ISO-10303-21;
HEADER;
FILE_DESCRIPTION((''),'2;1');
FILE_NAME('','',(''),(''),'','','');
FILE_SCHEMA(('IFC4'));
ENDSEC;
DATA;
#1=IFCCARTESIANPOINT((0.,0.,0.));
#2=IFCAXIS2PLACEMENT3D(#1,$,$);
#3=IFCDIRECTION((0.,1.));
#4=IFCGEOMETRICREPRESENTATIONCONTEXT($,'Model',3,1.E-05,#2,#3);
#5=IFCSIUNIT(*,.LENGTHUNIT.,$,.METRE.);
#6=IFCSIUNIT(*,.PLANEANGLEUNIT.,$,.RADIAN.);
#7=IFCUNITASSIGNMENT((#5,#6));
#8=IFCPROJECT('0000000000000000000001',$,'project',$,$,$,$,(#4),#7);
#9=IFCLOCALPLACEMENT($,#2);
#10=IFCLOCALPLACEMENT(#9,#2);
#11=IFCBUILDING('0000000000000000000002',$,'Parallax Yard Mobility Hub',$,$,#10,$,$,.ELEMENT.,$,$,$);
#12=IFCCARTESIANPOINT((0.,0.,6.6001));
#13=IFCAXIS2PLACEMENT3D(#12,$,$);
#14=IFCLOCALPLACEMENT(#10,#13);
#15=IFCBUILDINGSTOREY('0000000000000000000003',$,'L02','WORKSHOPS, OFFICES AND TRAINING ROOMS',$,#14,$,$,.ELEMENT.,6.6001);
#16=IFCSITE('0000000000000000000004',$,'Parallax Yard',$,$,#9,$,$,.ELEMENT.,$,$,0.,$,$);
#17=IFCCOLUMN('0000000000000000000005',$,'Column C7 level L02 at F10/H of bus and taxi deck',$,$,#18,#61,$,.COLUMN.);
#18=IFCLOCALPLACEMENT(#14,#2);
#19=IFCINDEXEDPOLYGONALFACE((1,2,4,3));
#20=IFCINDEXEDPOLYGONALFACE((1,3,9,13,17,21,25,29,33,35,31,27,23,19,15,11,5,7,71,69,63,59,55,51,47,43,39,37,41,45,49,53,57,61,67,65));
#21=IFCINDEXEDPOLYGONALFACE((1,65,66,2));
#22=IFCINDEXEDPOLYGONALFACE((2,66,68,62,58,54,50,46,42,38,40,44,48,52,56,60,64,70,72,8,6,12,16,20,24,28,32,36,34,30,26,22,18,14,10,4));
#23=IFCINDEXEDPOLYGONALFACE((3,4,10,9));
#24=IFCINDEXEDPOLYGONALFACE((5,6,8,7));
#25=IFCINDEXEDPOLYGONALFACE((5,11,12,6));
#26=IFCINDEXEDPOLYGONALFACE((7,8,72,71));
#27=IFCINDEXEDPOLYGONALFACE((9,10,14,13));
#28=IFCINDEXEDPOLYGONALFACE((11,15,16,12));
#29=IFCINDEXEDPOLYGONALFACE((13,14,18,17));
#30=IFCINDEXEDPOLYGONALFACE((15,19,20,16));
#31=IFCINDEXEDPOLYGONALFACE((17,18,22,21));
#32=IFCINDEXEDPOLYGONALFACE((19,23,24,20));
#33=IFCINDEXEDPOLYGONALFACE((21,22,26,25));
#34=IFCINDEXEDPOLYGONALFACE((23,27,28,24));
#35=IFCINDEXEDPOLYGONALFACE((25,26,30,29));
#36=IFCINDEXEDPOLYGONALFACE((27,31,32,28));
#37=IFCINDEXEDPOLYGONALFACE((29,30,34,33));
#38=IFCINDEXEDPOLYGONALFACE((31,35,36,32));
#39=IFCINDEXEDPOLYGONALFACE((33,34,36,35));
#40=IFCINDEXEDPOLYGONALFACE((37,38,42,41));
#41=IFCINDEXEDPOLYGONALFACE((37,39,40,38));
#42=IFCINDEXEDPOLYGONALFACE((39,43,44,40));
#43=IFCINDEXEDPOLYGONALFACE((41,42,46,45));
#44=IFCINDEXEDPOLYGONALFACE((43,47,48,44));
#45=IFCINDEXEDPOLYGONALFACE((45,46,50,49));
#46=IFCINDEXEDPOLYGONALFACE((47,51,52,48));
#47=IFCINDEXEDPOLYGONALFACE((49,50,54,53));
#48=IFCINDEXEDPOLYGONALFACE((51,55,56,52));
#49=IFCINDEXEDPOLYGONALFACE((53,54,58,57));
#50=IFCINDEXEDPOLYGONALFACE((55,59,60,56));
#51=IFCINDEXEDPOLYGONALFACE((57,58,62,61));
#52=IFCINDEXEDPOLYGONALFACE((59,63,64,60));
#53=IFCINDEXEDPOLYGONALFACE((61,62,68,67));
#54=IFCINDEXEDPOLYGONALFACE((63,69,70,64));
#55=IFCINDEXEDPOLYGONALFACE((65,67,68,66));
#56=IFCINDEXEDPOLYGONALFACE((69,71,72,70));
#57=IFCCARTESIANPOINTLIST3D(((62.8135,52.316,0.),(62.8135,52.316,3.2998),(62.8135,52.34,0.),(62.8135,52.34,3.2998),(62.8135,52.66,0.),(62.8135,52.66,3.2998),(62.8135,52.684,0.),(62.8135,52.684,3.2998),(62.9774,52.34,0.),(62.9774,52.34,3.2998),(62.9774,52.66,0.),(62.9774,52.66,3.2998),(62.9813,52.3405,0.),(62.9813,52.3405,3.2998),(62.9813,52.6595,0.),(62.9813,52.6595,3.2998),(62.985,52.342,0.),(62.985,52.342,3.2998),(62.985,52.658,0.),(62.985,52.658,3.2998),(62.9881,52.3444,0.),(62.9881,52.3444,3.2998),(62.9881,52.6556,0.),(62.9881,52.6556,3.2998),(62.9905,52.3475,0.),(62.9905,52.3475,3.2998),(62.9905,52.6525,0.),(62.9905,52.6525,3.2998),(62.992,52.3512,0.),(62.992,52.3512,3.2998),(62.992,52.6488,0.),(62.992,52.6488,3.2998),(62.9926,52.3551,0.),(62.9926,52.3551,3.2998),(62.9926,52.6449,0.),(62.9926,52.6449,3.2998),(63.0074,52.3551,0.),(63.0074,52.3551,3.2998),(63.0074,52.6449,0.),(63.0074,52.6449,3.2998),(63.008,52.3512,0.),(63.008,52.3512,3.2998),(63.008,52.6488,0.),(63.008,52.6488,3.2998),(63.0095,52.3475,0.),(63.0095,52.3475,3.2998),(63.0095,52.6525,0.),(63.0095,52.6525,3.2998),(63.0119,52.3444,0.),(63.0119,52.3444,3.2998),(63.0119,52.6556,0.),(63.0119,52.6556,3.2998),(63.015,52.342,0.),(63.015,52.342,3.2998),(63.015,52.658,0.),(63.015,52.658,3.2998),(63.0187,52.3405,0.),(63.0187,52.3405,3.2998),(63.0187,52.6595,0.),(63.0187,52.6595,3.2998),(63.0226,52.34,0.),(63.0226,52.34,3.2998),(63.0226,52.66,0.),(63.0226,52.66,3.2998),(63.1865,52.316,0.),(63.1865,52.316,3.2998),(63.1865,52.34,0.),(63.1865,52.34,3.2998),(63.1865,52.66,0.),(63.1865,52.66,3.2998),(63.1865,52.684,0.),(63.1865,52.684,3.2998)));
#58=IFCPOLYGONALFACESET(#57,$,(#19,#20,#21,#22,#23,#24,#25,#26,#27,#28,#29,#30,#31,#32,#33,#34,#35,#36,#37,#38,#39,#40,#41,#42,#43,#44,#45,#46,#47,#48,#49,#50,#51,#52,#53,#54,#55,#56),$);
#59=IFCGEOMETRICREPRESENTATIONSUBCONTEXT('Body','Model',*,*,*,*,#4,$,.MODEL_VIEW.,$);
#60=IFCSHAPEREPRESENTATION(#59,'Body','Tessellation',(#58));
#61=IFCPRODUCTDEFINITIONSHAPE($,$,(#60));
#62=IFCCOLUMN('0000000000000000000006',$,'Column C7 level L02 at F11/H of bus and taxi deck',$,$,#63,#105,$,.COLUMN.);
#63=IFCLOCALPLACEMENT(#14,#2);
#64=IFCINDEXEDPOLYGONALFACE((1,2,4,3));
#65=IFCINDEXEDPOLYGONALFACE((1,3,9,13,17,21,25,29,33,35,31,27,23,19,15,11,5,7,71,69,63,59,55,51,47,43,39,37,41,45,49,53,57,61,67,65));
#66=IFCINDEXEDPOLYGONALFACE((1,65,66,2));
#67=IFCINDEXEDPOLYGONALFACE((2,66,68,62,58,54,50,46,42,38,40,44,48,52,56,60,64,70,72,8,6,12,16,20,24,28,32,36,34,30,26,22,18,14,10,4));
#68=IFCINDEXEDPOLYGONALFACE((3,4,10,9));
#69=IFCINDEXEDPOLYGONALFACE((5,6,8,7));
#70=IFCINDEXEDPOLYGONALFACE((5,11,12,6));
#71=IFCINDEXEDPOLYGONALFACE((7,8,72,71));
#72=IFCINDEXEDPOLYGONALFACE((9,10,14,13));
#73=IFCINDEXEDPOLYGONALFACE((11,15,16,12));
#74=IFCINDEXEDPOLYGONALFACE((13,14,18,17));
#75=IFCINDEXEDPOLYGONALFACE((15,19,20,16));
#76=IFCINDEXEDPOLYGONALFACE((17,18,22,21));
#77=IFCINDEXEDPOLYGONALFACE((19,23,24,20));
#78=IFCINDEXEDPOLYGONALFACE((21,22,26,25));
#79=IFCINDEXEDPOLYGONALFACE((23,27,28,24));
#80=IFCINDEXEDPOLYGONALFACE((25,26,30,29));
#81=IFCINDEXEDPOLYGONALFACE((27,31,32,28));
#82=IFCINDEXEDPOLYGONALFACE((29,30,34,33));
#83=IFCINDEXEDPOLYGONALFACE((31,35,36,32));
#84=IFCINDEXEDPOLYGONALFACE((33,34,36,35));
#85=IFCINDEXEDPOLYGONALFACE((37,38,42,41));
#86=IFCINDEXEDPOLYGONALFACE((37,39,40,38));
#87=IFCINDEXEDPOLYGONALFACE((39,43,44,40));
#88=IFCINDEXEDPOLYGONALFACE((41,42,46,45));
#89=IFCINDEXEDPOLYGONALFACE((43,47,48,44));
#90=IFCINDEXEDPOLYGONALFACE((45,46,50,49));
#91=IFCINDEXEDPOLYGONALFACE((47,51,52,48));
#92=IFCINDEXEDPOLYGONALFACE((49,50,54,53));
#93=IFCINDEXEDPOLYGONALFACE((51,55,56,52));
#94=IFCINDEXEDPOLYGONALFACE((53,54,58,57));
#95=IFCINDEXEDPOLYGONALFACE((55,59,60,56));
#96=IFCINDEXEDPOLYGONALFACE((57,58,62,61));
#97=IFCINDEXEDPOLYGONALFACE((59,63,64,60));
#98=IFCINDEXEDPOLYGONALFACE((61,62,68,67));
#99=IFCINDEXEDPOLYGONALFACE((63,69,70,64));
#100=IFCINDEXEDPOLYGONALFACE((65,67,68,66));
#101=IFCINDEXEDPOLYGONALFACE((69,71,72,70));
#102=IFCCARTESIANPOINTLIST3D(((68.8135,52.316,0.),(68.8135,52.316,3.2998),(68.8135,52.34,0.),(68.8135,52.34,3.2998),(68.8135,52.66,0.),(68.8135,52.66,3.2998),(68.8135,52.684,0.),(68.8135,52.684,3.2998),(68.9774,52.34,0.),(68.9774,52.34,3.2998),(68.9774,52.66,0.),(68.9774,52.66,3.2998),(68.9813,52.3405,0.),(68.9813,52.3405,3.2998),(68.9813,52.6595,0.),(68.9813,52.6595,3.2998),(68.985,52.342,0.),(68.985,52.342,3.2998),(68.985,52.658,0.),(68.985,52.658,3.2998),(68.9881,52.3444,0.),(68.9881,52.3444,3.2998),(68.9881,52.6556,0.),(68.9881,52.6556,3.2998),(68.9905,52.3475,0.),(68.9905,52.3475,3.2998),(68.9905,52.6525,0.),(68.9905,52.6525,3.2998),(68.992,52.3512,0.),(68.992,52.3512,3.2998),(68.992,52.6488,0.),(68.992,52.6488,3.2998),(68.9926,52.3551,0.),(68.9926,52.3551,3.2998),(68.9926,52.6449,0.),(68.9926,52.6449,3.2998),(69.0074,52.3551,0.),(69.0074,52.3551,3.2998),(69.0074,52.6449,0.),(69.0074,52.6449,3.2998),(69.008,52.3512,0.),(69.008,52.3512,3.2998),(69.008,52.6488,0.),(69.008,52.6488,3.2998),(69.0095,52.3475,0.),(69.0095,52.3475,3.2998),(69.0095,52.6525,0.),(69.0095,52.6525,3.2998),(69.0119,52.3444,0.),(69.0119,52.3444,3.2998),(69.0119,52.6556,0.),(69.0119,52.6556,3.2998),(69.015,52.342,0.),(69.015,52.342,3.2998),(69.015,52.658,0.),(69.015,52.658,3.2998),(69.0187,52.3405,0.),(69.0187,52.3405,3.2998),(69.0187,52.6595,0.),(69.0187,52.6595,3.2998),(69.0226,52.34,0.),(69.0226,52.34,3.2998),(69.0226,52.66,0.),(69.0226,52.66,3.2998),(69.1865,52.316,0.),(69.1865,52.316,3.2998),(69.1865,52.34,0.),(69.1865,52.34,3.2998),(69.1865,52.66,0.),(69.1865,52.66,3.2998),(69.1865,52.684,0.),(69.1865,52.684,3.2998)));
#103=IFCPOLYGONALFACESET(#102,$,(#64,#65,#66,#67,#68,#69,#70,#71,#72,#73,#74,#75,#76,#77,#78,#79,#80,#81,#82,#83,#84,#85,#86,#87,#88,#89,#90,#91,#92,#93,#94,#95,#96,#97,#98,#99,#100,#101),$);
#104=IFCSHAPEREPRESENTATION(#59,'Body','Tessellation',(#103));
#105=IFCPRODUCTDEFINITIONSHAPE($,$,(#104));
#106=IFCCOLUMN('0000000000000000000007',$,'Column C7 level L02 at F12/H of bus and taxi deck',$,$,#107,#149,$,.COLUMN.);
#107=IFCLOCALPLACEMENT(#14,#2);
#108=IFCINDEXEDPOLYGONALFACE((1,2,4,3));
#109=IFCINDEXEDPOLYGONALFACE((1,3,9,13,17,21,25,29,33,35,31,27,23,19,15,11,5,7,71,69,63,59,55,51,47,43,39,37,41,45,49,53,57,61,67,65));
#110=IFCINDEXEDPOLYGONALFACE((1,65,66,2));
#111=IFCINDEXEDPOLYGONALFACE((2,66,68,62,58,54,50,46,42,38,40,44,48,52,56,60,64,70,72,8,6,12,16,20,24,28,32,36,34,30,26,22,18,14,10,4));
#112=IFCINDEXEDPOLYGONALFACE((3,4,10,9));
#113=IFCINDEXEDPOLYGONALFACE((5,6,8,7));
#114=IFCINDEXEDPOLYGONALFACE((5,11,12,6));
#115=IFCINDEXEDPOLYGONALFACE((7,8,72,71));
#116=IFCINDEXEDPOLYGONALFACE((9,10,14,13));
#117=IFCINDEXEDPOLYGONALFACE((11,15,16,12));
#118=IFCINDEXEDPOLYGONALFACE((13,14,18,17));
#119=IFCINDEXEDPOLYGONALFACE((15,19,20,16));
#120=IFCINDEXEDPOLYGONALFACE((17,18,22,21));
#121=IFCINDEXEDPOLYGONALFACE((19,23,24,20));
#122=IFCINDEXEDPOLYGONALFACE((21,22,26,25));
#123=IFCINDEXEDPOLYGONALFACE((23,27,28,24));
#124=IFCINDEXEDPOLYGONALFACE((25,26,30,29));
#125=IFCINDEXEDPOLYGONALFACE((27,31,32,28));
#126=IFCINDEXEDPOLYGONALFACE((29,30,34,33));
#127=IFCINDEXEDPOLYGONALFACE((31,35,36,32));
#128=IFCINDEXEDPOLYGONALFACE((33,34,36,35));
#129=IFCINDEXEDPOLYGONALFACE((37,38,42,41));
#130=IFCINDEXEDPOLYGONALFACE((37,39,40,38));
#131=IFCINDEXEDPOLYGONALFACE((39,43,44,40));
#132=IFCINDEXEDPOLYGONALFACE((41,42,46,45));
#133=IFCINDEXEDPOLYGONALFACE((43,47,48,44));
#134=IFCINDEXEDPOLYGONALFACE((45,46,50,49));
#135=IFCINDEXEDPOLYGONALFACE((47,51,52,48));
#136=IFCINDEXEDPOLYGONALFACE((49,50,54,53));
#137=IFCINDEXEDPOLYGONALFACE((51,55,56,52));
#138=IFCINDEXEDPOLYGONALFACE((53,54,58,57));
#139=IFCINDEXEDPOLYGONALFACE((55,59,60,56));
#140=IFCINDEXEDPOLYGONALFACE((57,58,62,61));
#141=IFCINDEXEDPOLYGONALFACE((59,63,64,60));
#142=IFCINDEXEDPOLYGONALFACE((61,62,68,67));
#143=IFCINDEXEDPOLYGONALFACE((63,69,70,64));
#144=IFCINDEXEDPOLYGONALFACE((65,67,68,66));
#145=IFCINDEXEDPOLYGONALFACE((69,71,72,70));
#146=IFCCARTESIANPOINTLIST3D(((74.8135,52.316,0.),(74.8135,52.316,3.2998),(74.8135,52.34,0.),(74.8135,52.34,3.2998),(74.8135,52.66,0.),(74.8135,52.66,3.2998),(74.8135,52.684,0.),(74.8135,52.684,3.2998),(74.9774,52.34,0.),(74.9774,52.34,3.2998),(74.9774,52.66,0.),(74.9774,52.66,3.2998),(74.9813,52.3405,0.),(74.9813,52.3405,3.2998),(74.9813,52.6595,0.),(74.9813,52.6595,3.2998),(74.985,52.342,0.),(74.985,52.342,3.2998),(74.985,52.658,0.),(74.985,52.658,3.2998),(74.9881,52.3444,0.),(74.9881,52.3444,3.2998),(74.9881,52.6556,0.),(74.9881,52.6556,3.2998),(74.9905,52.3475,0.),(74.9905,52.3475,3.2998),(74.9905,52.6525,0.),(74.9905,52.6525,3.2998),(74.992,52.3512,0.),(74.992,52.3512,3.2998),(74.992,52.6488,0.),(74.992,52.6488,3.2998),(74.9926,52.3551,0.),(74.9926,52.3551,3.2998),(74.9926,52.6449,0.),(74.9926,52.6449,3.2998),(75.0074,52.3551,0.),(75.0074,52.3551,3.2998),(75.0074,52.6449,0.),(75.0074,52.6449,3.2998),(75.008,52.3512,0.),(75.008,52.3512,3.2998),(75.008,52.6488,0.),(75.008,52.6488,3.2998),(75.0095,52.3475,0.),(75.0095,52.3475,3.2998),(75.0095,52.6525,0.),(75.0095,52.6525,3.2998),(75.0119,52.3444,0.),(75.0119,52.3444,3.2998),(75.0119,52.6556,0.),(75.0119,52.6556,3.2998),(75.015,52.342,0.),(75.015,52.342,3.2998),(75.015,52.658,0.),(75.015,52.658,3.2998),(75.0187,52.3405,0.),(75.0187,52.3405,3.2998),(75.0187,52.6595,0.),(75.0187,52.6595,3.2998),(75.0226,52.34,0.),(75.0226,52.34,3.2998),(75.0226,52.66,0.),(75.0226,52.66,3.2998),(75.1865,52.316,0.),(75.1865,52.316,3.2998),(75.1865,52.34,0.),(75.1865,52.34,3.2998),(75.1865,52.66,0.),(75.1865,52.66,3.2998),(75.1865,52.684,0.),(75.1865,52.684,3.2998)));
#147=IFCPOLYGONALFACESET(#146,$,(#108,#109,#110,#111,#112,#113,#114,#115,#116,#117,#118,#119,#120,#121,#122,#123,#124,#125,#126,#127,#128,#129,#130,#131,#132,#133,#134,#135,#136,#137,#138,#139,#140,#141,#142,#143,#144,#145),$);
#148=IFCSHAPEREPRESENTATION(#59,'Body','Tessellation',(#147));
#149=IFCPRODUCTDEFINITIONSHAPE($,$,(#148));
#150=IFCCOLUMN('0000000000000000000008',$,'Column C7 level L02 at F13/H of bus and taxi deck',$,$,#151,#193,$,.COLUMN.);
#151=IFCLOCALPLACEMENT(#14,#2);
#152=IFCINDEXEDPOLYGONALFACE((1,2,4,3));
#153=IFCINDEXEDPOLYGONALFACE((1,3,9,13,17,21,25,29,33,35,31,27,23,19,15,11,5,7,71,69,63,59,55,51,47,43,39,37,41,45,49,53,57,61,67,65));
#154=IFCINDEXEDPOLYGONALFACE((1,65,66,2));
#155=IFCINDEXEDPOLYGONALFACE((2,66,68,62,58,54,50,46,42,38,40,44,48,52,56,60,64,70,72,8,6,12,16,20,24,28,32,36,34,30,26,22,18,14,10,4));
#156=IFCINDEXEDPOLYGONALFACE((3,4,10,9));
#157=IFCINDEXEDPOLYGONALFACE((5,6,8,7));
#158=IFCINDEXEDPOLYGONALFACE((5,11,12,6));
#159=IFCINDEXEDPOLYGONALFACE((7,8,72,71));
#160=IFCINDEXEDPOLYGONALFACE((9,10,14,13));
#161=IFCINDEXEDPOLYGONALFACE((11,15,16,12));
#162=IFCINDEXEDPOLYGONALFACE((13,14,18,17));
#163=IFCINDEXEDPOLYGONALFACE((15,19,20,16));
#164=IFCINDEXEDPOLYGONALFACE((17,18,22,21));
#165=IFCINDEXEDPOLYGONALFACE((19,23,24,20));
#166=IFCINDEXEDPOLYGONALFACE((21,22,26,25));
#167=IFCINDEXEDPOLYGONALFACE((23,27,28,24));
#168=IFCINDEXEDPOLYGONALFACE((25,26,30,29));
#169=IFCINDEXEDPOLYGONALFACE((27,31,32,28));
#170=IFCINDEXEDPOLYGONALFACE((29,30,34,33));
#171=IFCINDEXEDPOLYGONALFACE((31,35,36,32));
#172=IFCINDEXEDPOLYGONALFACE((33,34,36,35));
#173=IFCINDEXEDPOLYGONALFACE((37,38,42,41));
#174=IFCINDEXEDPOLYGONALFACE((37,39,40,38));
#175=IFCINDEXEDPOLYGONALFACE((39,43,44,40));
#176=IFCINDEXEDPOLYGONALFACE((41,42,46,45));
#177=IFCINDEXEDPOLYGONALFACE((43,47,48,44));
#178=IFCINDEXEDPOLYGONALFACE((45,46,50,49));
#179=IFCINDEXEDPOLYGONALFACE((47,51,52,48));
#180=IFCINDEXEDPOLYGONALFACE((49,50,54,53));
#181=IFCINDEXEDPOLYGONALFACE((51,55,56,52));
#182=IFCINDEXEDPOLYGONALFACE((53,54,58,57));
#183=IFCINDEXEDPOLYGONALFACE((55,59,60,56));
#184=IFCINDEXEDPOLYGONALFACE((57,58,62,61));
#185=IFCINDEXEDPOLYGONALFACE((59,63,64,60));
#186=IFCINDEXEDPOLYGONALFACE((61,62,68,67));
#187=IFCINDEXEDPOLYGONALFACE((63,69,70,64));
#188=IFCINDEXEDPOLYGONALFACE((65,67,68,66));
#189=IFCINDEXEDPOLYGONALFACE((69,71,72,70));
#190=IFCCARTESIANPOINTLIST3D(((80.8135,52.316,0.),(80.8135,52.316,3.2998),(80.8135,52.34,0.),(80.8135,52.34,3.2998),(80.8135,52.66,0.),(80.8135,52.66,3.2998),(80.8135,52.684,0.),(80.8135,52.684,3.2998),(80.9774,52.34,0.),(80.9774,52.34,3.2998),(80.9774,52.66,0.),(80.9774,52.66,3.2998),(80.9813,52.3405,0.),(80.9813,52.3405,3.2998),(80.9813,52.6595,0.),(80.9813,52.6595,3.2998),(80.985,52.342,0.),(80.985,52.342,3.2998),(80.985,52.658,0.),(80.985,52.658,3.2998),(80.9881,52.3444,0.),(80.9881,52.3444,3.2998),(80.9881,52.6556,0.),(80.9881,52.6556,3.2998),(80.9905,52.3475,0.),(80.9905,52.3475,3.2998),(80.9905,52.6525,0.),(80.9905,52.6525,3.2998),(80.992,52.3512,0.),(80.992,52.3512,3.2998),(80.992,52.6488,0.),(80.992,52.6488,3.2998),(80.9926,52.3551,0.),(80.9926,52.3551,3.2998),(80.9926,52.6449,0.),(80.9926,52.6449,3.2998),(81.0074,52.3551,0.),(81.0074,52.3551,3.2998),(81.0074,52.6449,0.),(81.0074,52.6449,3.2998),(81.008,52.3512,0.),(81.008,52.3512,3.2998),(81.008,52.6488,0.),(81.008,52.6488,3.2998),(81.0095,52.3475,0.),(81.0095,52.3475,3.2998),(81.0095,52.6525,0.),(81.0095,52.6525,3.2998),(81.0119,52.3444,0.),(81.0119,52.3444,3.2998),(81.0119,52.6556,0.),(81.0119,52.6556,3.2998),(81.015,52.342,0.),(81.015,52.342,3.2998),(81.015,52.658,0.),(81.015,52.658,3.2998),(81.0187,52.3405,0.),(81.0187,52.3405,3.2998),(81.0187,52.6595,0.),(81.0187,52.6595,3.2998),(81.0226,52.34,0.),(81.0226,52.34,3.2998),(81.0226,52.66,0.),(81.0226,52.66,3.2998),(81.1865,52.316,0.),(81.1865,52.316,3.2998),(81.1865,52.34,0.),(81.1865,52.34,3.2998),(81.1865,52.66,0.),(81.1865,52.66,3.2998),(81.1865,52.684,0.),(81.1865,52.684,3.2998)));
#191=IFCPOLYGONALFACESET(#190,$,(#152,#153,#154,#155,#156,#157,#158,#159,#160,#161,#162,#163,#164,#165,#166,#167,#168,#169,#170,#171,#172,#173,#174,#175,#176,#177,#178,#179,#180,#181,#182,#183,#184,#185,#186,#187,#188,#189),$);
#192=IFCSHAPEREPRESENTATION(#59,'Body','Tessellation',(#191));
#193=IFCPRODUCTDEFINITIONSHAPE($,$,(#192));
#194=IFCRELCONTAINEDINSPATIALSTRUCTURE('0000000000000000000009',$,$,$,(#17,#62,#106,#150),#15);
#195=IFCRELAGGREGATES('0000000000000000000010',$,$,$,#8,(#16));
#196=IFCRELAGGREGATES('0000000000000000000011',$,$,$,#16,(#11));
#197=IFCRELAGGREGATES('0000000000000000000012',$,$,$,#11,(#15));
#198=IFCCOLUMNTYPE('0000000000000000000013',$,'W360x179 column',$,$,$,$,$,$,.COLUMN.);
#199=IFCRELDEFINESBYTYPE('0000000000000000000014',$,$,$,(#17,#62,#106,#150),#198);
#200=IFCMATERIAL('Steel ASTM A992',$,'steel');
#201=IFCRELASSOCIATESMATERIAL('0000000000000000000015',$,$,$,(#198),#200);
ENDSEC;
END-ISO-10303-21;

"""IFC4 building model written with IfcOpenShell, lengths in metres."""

from ifc_helpers import new_model, si_unit, direction, frame, origin, origin_2d, place, context, subcontext, project, spatial, i_section, extrude, material, material_profile, profile_set, type_object, element, save


model = new_model("IFC4")

# Units and contexts
model_context = context("Model", 3, precision=1e-05, world=origin(), true_north=direction((0.0, 1.0)))
body_context = subcontext(model_context, "Body", "Model", "MODEL_VIEW")
ifc_project = project(units=[si_unit("LENGTHUNIT", "METRE"), si_unit("PLANEANGLEUNIT", "RADIAN")], contexts=[model_context])

# Site, building, storey
site_placement = place(None, origin())
site = spatial("IfcSite", under=ifc_project, at=site_placement, Name="Parallax Yard", CompositionType="ELEMENT", RefElevation=0.0)
building_placement = place(site_placement, origin())
building = spatial("IfcBuilding", under=site, at=building_placement, Name="Parallax Yard Mobility Hub", CompositionType="ELEMENT")
storey_placement = place(building_placement, frame((0.0, 0.0, 6.6001)))
storey = spatial("IfcBuildingStorey", under=building, at=storey_placement, Name="L02", Description="WORKSHOPS, OFFICES AND TRAINING ROOMS", CompositionType="ELEMENT", Elevation=6.6001)

# Columns
ifc_material_1 = material(Name="Steel ASTM A992", Category="steel")
ifc_material_profile_1 = material_profile(ifc_material_1, i_section(OverallWidth=0.373, OverallDepth=0.3679, WebThickness=0.0149, FlangeThickness=0.0239, FilletRadius=0.0151, at=origin_2d()), Name="W360x179")
ifc_profile_set_1 = profile_set([ifc_material_profile_1], Name="Steel ASTM A992")
column_type = type_object("IfcColumnType", Name="W360x179 column", PredefinedType="COLUMN", material=ifc_profile_set_1)
for number, where, z_axis, x_axis, name in (
    (1, (63.0, 52.5, 0.0), (0.0, 0.0, 1.0), (1.0, 0.0, 0.0), "Column C7 level L02 at F10/H of bus and taxi deck"),
    (2, (69.0, 52.5, 0.0), (0.0, 0.0, 1.0), (1.0, 0.0, 0.0), "Column C7 level L02 at F11/H of bus and taxi deck"),
    (3, (75.0, 52.5, 0.0), (0.0, 0.0, 1.0), (1.0, 0.0, 0.0), "Column C7 level L02 at F12/H of bus and taxi deck"),
    (4, (81.0, 52.5, 0.0), (0.0, 0.0, 1.0), (1.0, 0.0, 0.0), "Column C7 level L02 at F13/H of bus and taxi deck"),
):
    element("IfcColumn", number, at=place(storey_placement, frame(where, z_axis=z_axis, x_axis=x_axis)), inside=storey, type_object=column_type, Name=name, PredefinedType="COLUMN", context=body_context, shape_type="SweptSolid", body=[
        extrude(i_section(OverallWidth=0.373, OverallDepth=0.3679, WebThickness=0.0149, FlangeThickness=0.0239, FilletRadius=0.0151, at=origin_2d()), origin(), (0.0, 0.0, 1.0), 3.2998),
    ])

save(model, "model.ifc")
